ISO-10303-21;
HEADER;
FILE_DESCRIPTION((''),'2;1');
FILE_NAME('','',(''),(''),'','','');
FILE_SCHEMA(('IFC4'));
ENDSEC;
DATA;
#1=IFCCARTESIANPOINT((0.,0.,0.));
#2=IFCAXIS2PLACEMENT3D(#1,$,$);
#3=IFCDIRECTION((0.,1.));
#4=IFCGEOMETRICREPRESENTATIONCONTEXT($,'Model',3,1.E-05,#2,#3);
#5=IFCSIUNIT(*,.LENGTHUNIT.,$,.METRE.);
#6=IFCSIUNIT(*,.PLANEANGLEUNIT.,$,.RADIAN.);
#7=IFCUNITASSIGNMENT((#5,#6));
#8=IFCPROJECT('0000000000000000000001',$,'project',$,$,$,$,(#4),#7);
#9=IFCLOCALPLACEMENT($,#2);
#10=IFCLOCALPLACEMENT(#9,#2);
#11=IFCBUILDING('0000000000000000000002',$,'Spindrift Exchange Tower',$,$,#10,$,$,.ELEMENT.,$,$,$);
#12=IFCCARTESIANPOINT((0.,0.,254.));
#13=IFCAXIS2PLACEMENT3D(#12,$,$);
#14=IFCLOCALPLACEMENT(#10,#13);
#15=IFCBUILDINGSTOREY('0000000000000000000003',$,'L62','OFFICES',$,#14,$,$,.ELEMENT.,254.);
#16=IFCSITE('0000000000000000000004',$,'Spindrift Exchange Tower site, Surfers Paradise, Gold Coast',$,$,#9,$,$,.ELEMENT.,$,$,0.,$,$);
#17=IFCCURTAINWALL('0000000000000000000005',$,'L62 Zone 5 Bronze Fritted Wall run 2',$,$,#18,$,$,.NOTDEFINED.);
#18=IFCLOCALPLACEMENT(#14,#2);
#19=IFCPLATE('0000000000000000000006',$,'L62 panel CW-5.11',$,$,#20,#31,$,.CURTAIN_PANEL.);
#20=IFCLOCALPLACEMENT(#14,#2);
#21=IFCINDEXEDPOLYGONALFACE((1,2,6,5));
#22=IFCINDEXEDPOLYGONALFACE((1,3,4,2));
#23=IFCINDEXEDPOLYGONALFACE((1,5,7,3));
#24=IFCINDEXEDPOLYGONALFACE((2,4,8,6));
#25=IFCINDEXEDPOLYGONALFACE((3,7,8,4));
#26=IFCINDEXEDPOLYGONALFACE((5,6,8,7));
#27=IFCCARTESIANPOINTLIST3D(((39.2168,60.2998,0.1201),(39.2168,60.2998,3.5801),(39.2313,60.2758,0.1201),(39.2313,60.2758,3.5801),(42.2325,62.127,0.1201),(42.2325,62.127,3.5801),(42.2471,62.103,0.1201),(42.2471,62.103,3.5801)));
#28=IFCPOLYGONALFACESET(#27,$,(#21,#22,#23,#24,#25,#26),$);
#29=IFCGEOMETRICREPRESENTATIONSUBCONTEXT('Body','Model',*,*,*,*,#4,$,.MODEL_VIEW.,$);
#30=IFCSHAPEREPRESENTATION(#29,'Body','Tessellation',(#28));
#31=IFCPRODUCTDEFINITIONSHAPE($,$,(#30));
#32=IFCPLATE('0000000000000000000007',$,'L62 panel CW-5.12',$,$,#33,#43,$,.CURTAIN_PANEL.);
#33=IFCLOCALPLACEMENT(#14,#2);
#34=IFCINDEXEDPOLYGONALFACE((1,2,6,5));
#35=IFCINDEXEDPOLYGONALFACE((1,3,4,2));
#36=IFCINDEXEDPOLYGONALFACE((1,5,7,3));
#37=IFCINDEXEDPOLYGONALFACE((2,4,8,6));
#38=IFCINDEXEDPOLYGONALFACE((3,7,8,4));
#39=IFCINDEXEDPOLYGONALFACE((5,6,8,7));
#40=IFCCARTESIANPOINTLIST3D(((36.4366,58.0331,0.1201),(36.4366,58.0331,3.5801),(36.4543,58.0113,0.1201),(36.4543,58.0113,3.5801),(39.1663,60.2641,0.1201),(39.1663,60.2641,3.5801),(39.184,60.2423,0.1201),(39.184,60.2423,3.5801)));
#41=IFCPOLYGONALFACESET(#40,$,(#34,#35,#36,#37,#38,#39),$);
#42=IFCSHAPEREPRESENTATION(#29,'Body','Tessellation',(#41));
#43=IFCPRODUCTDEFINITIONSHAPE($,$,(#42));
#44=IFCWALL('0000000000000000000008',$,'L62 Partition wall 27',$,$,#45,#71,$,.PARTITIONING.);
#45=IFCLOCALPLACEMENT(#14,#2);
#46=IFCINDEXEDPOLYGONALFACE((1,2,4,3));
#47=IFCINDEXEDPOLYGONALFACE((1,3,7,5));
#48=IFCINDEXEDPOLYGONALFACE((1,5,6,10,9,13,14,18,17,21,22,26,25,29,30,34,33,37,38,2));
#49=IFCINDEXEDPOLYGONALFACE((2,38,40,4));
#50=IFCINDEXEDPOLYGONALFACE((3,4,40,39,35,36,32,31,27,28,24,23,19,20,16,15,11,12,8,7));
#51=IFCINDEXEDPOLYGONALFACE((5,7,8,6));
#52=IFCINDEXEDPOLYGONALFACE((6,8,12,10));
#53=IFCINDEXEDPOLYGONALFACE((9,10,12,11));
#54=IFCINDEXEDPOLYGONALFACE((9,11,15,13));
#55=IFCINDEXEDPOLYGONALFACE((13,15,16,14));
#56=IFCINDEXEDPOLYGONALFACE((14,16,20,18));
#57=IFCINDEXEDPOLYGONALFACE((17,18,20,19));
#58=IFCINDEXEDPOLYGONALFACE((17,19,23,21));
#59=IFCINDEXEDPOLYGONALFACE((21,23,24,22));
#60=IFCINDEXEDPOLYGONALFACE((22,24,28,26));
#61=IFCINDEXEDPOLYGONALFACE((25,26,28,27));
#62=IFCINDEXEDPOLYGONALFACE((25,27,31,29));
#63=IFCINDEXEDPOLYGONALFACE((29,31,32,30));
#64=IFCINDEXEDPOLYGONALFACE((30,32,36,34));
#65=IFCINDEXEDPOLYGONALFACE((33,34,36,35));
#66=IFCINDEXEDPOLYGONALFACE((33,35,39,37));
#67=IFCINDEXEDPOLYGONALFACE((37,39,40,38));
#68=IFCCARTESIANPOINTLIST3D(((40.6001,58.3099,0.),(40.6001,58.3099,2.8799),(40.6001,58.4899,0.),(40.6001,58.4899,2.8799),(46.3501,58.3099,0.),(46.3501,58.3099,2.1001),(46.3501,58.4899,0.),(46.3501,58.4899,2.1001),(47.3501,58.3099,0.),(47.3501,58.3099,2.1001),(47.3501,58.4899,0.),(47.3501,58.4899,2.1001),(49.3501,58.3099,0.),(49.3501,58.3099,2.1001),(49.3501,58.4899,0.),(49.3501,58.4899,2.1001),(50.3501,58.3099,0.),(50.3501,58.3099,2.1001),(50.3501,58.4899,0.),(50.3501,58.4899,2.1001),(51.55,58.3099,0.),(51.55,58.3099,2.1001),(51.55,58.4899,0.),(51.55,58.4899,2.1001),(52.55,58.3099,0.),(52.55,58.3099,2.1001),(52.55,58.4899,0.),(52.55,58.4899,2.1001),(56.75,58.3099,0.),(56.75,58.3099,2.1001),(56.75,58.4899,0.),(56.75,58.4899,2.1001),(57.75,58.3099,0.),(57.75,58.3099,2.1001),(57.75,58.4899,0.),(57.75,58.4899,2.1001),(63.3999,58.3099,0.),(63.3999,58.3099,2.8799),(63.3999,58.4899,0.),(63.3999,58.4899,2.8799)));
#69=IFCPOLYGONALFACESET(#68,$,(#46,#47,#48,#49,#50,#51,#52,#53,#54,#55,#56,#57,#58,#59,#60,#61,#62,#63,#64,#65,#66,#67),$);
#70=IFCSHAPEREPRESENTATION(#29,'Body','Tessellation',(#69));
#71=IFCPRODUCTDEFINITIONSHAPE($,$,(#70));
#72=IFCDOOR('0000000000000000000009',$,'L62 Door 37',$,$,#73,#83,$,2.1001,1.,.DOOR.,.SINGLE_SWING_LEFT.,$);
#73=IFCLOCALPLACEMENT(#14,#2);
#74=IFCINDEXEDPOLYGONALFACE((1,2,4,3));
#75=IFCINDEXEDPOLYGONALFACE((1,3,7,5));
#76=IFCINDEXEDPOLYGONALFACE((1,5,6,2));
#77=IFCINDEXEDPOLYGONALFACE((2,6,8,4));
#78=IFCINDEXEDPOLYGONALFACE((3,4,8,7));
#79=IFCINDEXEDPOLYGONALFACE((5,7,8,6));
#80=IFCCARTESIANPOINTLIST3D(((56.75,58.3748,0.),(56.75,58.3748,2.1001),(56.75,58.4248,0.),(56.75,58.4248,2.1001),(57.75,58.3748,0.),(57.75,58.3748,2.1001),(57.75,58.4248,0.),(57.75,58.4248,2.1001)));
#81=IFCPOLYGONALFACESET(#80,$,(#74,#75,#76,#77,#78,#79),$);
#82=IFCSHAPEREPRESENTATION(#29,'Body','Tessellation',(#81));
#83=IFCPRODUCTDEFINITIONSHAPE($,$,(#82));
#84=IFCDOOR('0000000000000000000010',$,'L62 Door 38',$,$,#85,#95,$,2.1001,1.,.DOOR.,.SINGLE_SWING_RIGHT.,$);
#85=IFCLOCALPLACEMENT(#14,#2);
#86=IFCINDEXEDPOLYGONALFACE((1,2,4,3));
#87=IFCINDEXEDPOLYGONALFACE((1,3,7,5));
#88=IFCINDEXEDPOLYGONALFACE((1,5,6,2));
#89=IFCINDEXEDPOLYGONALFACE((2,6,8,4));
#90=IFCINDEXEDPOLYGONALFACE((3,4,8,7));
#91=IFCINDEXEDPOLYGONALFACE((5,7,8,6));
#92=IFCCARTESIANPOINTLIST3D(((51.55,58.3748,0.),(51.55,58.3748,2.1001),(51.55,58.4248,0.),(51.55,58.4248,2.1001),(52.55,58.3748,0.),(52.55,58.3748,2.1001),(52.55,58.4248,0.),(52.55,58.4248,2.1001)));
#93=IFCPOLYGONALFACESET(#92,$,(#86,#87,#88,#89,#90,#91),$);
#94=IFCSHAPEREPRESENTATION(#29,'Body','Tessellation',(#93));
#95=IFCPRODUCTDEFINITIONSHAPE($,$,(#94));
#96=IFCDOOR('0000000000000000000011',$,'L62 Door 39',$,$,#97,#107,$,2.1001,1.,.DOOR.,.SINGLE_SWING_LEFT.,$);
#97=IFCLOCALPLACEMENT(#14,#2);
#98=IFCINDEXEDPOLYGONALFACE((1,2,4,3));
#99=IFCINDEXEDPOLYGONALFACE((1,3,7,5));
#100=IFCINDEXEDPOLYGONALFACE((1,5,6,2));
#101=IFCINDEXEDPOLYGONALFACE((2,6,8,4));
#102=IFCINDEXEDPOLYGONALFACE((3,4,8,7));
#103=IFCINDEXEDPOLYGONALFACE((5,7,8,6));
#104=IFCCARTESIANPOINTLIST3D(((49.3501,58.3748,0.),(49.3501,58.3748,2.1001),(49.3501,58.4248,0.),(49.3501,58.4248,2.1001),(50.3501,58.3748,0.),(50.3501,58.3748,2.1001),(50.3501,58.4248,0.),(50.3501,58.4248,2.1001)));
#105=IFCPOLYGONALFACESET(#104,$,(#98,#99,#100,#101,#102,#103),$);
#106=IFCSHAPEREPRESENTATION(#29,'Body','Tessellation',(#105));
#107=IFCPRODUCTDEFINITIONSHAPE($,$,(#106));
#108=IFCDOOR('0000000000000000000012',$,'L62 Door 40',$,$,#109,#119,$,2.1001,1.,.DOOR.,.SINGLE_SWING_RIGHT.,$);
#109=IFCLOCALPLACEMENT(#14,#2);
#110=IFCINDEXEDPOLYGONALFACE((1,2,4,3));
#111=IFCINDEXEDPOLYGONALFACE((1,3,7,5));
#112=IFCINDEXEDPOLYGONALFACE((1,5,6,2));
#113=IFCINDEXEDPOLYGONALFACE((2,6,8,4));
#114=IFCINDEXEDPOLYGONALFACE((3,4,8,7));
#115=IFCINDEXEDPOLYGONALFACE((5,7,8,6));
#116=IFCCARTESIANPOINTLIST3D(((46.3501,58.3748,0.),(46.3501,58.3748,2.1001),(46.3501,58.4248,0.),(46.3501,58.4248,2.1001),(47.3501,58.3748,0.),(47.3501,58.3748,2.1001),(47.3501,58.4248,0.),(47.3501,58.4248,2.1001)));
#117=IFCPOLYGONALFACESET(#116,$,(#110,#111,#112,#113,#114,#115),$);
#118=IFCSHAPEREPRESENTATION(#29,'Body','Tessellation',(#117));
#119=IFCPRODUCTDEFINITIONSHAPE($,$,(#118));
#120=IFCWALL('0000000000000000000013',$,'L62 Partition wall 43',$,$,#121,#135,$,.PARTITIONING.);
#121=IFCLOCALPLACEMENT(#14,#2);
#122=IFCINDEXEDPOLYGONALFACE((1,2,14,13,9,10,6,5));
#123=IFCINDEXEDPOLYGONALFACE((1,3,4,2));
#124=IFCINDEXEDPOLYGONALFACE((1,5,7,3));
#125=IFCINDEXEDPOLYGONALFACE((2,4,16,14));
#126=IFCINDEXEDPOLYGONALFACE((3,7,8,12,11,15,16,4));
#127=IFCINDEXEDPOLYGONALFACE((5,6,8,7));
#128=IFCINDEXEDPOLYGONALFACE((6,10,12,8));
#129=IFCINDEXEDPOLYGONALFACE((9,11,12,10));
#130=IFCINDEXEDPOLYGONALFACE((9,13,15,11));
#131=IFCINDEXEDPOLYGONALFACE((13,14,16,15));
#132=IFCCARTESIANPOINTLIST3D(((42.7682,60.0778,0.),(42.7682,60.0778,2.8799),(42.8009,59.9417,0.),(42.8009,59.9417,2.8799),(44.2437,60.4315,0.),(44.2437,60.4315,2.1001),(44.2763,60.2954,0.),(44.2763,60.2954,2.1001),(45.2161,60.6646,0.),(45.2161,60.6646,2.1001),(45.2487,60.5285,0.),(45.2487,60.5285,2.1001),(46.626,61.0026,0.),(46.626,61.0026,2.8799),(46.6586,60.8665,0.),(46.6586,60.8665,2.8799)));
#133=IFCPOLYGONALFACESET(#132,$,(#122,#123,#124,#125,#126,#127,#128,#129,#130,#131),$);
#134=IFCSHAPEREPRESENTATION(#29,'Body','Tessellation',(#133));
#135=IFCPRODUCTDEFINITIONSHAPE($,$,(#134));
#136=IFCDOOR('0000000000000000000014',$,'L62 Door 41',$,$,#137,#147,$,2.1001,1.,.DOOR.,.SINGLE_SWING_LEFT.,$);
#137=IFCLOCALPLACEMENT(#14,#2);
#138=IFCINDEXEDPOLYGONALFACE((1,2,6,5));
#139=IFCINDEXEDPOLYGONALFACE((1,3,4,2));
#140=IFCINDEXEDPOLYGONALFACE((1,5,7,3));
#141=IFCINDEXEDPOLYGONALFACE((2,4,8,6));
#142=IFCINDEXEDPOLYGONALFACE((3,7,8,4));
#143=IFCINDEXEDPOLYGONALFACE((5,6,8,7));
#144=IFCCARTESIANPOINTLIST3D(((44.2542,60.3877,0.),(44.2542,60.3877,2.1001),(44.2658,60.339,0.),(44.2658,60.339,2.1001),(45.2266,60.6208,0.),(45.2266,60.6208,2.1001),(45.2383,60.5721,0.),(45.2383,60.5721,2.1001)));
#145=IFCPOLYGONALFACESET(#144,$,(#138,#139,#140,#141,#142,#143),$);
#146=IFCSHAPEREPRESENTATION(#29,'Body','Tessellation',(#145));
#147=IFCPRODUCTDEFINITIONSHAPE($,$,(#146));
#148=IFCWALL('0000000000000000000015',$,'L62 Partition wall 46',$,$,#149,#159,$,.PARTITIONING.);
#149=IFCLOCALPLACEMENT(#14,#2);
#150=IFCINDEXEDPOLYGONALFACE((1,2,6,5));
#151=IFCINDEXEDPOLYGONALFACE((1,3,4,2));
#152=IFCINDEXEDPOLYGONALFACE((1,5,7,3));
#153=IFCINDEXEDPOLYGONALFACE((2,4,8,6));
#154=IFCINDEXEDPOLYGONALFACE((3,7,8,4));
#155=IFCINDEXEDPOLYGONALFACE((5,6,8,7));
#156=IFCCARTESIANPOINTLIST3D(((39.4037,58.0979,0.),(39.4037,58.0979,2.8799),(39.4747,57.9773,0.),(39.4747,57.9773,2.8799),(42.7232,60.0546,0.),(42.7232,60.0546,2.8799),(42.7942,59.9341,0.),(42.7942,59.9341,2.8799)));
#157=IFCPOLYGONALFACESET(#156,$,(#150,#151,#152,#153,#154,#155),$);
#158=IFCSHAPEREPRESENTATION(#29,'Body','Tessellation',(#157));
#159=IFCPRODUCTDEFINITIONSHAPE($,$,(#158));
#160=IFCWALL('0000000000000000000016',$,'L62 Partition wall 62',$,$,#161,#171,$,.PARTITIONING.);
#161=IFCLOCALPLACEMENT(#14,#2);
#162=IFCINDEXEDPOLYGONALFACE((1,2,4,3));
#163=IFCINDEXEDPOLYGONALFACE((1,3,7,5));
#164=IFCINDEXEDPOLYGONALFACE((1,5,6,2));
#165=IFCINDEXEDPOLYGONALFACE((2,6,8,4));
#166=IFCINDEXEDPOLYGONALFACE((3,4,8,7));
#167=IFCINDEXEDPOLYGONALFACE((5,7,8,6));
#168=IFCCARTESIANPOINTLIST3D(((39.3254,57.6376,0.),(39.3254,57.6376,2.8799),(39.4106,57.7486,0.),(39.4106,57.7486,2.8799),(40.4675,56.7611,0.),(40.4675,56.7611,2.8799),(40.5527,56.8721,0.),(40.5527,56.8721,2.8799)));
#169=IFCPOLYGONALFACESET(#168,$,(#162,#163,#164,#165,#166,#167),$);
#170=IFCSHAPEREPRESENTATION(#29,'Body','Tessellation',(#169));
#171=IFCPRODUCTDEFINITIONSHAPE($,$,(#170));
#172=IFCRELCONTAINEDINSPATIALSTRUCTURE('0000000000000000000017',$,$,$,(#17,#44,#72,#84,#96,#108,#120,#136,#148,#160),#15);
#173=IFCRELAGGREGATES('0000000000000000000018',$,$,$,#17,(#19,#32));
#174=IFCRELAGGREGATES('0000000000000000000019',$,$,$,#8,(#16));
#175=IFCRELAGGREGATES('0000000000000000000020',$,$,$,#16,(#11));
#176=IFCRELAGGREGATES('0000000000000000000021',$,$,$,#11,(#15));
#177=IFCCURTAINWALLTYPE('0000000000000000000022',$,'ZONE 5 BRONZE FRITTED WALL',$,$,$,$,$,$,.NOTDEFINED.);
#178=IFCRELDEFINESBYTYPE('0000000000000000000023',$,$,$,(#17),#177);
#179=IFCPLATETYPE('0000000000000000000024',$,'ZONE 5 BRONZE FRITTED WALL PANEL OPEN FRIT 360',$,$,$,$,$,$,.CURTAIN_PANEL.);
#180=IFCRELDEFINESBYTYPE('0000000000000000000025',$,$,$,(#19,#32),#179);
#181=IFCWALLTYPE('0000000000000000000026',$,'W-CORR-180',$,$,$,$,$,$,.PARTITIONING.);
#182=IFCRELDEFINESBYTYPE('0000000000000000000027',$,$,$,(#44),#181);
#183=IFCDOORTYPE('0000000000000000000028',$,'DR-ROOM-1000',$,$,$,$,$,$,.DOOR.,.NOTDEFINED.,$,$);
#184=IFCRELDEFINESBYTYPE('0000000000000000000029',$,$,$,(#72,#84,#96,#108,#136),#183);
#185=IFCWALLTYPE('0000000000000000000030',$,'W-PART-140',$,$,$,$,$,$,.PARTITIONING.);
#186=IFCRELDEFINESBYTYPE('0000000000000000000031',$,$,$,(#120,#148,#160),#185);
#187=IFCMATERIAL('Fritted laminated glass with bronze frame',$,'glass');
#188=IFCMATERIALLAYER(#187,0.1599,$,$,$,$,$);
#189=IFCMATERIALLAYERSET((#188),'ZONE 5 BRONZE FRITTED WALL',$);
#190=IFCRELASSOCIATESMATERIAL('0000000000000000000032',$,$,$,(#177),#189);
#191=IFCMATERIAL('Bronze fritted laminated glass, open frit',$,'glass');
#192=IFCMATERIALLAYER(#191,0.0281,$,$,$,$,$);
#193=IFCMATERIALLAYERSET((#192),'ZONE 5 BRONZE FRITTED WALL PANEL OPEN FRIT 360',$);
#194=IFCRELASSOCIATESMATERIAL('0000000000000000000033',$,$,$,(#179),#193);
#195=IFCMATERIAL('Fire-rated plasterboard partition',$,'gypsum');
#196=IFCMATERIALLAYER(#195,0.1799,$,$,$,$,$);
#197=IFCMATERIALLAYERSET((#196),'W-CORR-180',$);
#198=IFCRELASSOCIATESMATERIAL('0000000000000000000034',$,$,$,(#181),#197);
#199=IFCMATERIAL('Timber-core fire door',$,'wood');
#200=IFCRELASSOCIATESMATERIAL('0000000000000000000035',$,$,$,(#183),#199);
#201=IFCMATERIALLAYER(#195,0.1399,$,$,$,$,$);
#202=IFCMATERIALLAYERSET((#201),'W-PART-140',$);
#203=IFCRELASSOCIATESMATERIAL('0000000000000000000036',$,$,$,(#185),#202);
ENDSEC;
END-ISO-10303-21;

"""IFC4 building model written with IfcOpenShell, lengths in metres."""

from ifc_helpers import new_model, si_unit, direction, frame, frame_2d, origin, origin_2d, place, context, subcontext, project, spatial, rectangle, extrude, source, transform, mapped, material, layer, layer_set, type_object, element, fill, aggregate, save


model = new_model("IFC4")

# Units and contexts
model_context = context("Model", 3, precision=1e-05, world=origin(), true_north=direction((0.0, 1.0)))
body_context = subcontext(model_context, "Body", "Model", "MODEL_VIEW")
ifc_project = project(units=[si_unit("LENGTHUNIT", "METRE"), si_unit("PLANEANGLEUNIT", "RADIAN")], contexts=[model_context])

# Site, building, storey
site_placement = place(None, origin())
site = spatial("IfcSite", under=ifc_project, at=site_placement, Name="Spindrift Exchange Tower site, Surfers Paradise, Gold Coast", CompositionType="ELEMENT", RefElevation=0.0)
building_placement = place(site_placement, origin())
building = spatial("IfcBuilding", under=site, at=building_placement, Name="Spindrift Exchange Tower", CompositionType="ELEMENT")
storey_placement = place(building_placement, frame((0.0, 0.0, 254.0)))
storey = spatial("IfcBuildingStorey", under=building, at=storey_placement, Name="L62", Description="OFFICES", CompositionType="ELEMENT", Elevation=254.0)

# Curtain wall
ifc_material_1 = material(Name="Fritted laminated glass with bronze frame", Category="glass")
ifc_layer_1 = layer(ifc_material_1, 0.1599)
ifc_layer_set_1 = layer_set([ifc_layer_1], Name="ZONE 5 BRONZE FRITTED WALL")
curtain_wall_type = type_object("IfcCurtainWallType", Name="ZONE 5 BRONZE FRITTED WALL", PredefinedType="NOTDEFINED", material=ifc_layer_set_1)
curtain_wall_1_placement = place(storey_placement, origin())
curtain_wall_1 = element("IfcCurtainWall", 1, at=curtain_wall_1_placement, inside=storey, type_object=curtain_wall_type, Name="L62 Zone 5 Bronze Fritted Wall run 2", PredefinedType="NOTDEFINED")

# Plates
ifc_material_2 = material(Name="Bronze fritted laminated glass, open frit", Category="glass")
ifc_layer_2 = layer(ifc_material_2, 0.0281)
ifc_layer_set_2 = layer_set([ifc_layer_2], Name="ZONE 5 BRONZE FRITTED WALL PANEL OPEN FRIT 360")
plate_type = type_object("IfcPlateType", Name="ZONE 5 BRONZE FRITTED WALL PANEL OPEN FRIT 360", PredefinedType="CURTAIN_PANEL", material=ifc_layer_set_2)
shared_shape_1 = source(origin(), body_context, "Body", "SweptSolid", [
    extrude(rectangle(XDim=3.5261, YDim=0.0281, at=origin_2d()), origin(), (0.0, 0.0, 1.0), 3.46),
])
plate_1_placement = place(storey_placement, frame((40.7319, 61.2014, 0.1201), z_axis=(0.0, 0.0, 1.0), x_axis=(-0.855258, -0.518202, 0.0)))
plate_1 = element("IfcPlate", 2, at=plate_1_placement, type_object=plate_type, Name="L62 panel CW-5.11", PredefinedType="CURTAIN_PANEL", context=body_context, shape_type="MappedRepresentation", body=[
    mapped(shared_shape_1, transform((0.0, 0.0, 0.0), scale=1.0)),
])
shared_shape_2 = source(origin(), body_context, "Body", "SweptSolid", [
    extrude(rectangle(XDim=3.5254, YDim=0.0281, at=origin_2d()), origin(), (0.0, 0.0, 1.0), 3.46),
])
plate_2_placement = place(storey_placement, frame((37.8103, 59.1377, 0.1201), z_axis=(0.0, 0.0, 1.0), x_axis=(-0.77429, -0.632831, 0.0)))
plate_2 = element("IfcPlate", 3, at=plate_2_placement, type_object=plate_type, Name="L62 panel CW-5.12", PredefinedType="CURTAIN_PANEL", context=body_context, shape_type="MappedRepresentation", body=[
    mapped(shared_shape_2, transform((0.0, 0.0, 0.0), scale=1.0)),
])
aggregate(curtain_wall_1, [plate_1, plate_2])

# Wall, openings, doors
ifc_material_3 = material(Name="Fire-rated plasterboard partition", Category="gypsum")
ifc_layer_3 = layer(ifc_material_3, 0.1799)
ifc_layer_set_3 = layer_set([ifc_layer_3], Name="W-CORR-180")
wall_type_1 = type_object("IfcWallType", Name="W-CORR-180", PredefinedType="PARTITIONING", material=ifc_layer_set_3)
wall_1_placement = place(storey_placement, frame((40.6001, 58.3999, 0.0), z_axis=(0.0, 0.0, 1.0), x_axis=(1.0, 0.0, 0.0)))
wall_1 = element("IfcWall", 4, at=wall_1_placement, inside=storey, type_object=wall_type_1, Name="L62 Partition wall 27", PredefinedType="PARTITIONING", context=body_context, shape_type="SweptSolid", body=[
    extrude(rectangle(XDim=22.7998, YDim=0.1799, at=frame_2d((11.3999, 0.0))), origin(), (0.0, 0.0, 1.0), 2.8799),
])
opening_1_placement = place(wall_1_placement, frame((16.1499, 0.0, 0.0)))
opening_1 = element("IfcOpeningElement", 5, at=opening_1_placement, cuts=wall_1, PredefinedType="OPENING", context=body_context, shape_type="SweptSolid", body=[
    extrude(rectangle(XDim=1.0, YDim=2.1001, at=frame_2d((0.5, 1.05))), frame((0.0, 0.0999, 0.0), z_axis=(0.0, -1.0, 0.0), x_axis=(1.0, 0.0, 0.0)), (0.0, 0.0, 1.0), 0.2),
])
opening_2_placement = place(wall_1_placement, frame((10.95, 0.0, 0.0)))
opening_2 = element("IfcOpeningElement", 6, at=opening_2_placement, cuts=wall_1, PredefinedType="OPENING", context=body_context, shape_type="SweptSolid", body=[
    extrude(rectangle(XDim=1.0, YDim=2.1001, at=frame_2d((0.5, 1.05))), frame((0.0, 0.0999, 0.0), z_axis=(0.0, -1.0, 0.0), x_axis=(1.0, 0.0, 0.0)), (0.0, 0.0, 1.0), 0.2),
])
opening_3_placement = place(wall_1_placement, frame((8.75, 0.0, 0.0)))
opening_3 = element("IfcOpeningElement", 7, at=opening_3_placement, cuts=wall_1, PredefinedType="OPENING", context=body_context, shape_type="SweptSolid", body=[
    extrude(rectangle(XDim=1.0, YDim=2.1001, at=frame_2d((0.5, 1.05))), frame((0.0, 0.0999, 0.0), z_axis=(0.0, -1.0, 0.0), x_axis=(1.0, 0.0, 0.0)), (0.0, 0.0, 1.0), 0.2),
])
opening_4_placement = place(wall_1_placement, frame((5.75, 0.0, 0.0)))
opening_4 = element("IfcOpeningElement", 8, at=opening_4_placement, cuts=wall_1, PredefinedType="OPENING", context=body_context, shape_type="SweptSolid", body=[
    extrude(rectangle(XDim=1.0, YDim=2.1001, at=frame_2d((0.5, 1.05))), frame((0.0, 0.0999, 0.0), z_axis=(0.0, -1.0, 0.0), x_axis=(1.0, 0.0, 0.0)), (0.0, 0.0, 1.0), 0.2),
])
ifc_material_4 = material(Name="Timber-core fire door", Category="wood")
door_type_1 = type_object("IfcDoorType", Name="DR-ROOM-1000", OperationType="NOTDEFINED", PredefinedType="DOOR", material=ifc_material_4)
shared_shape_3 = source(origin(), body_context, "Body", "SweptSolid", [
    extrude(rectangle(XDim=1.0, YDim=2.1001, at=frame_2d((0.5, 1.05))), frame((0.0, 0.0249, 0.0), z_axis=(0.0, -1.0, 0.0), x_axis=(1.0, 0.0, 0.0)), (0.0, 0.0, 1.0), 0.05),
])
door_1_placement = place(opening_1_placement, origin())
door_1 = element("IfcDoor", 9, at=door_1_placement, inside=storey, type_object=door_type_1, Name="L62 Door 37", OperationType="SINGLE_SWING_LEFT", OverallHeight=2.1001, OverallWidth=1.0, PredefinedType="DOOR", context=body_context, shape_type="MappedRepresentation", body=[
    mapped(shared_shape_3, transform((0.0, 0.0, 0.0), scale=1.0)),
])
fill(opening_1, door_1)
door_2_placement = place(opening_2_placement, origin())
door_2 = element("IfcDoor", 10, at=door_2_placement, inside=storey, type_object=door_type_1, Name="L62 Door 38", OperationType="SINGLE_SWING_RIGHT", OverallHeight=2.1001, OverallWidth=1.0, PredefinedType="DOOR", context=body_context, shape_type="MappedRepresentation", body=[
    mapped(shared_shape_3, transform((0.0, 0.0, 0.0), scale=1.0)),
])
fill(opening_2, door_2)
door_3_placement = place(opening_3_placement, origin())
door_3 = element("IfcDoor", 11, at=door_3_placement, inside=storey, type_object=door_type_1, Name="L62 Door 39", OperationType="SINGLE_SWING_LEFT", OverallHeight=2.1001, OverallWidth=1.0, PredefinedType="DOOR", context=body_context, shape_type="MappedRepresentation", body=[
    mapped(shared_shape_3, transform((0.0, 0.0, 0.0), scale=1.0)),
])
fill(opening_3, door_3)
door_4_placement = place(opening_4_placement, origin())
door_4 = element("IfcDoor", 12, at=door_4_placement, inside=storey, type_object=door_type_1, Name="L62 Door 40", OperationType="SINGLE_SWING_RIGHT", OverallHeight=2.1001, OverallWidth=1.0, PredefinedType="DOOR", context=body_context, shape_type="MappedRepresentation", body=[
    mapped(shared_shape_3, transform((0.0, 0.0, 0.0), scale=1.0)),
])
fill(opening_4, door_4)

# Wall, opening, door
ifc_layer_4 = layer(ifc_material_3, 0.1399)
ifc_layer_set_4 = layer_set([ifc_layer_4], Name="W-PART-140")
wall_type_2 = type_object("IfcWallType", Name="W-PART-140", PredefinedType="PARTITIONING", material=ifc_layer_set_4)
wall_2_placement = place(storey_placement, frame((42.7847, 60.0098, 0.0), z_axis=(0.0, 0.0, 1.0), x_axis=(0.972446, 0.233126, 0.0)))
wall_2 = element("IfcWall", 13, at=wall_2_placement, inside=storey, type_object=wall_type_2, Name="L62 Partition wall 43", PredefinedType="PARTITIONING", context=body_context, shape_type="SweptSolid", body=[
    extrude(rectangle(XDim=3.967, YDim=0.1399, at=frame_2d((1.9834, 0.0))), origin(), (0.0, 0.0, 1.0), 2.8799),
])
opening_5_placement = place(wall_2_placement, frame((1.5171, 0.0, 0.0)))
opening_5 = element("IfcOpeningElement", 14, at=opening_5_placement, cuts=wall_2, PredefinedType="OPENING", context=body_context, shape_type="SweptSolid", body=[
    extrude(rectangle(XDim=1.0, YDim=2.1001, at=frame_2d((0.5, 1.05))), frame((0.0, 0.0798, 0.0), z_axis=(0.0, -1.0, 0.0), x_axis=(1.0, 0.0, 0.0)), (0.0, 0.0, 1.0), 0.1599),
])
door_5_placement = place(opening_5_placement, origin())
door_5 = element("IfcDoor", 15, at=door_5_placement, inside=storey, type_object=door_type_1, Name="L62 Door 41", OperationType="SINGLE_SWING_LEFT", OverallHeight=2.1001, OverallWidth=1.0, PredefinedType="DOOR", context=body_context, shape_type="MappedRepresentation", body=[
    mapped(shared_shape_3, transform((0.0, 0.0, 0.0), scale=1.0)),
])
fill(opening_5, door_5)

# Walls
wall_3_placement = place(storey_placement, frame((42.7588, 59.9944, 0.0), z_axis=(0.0, 0.0, 1.0), x_axis=(-0.86147, -0.507809, 0.0)))
element("IfcWall", 16, at=wall_3_placement, inside=storey, type_object=wall_type_2, Name="L62 Partition wall 46", PredefinedType="PARTITIONING", context=body_context, shape_type="SweptSolid", body=[
    extrude(rectangle(XDim=3.8533, YDim=0.1399, at=frame_2d((1.9268, 0.0))), origin(), (0.0, 0.0, 1.0), 2.8799),
])
wall_4_placement = place(storey_placement, frame((40.51, 56.8167, 0.0), z_axis=(0.0, 0.0, 1.0), x_axis=(-0.793317, 0.608809, 0.0)))
element("IfcWall", 17, at=wall_4_placement, inside=storey, type_object=wall_type_2, Name="L62 Partition wall 62", PredefinedType="PARTITIONING", context=body_context, shape_type="SweptSolid", body=[
    extrude(rectangle(XDim=1.4397, YDim=0.1399, at=frame_2d((0.7197, 0.0))), origin(), (0.0, 0.0, 1.0), 2.8799),
])

save(model, "model.ifc")
